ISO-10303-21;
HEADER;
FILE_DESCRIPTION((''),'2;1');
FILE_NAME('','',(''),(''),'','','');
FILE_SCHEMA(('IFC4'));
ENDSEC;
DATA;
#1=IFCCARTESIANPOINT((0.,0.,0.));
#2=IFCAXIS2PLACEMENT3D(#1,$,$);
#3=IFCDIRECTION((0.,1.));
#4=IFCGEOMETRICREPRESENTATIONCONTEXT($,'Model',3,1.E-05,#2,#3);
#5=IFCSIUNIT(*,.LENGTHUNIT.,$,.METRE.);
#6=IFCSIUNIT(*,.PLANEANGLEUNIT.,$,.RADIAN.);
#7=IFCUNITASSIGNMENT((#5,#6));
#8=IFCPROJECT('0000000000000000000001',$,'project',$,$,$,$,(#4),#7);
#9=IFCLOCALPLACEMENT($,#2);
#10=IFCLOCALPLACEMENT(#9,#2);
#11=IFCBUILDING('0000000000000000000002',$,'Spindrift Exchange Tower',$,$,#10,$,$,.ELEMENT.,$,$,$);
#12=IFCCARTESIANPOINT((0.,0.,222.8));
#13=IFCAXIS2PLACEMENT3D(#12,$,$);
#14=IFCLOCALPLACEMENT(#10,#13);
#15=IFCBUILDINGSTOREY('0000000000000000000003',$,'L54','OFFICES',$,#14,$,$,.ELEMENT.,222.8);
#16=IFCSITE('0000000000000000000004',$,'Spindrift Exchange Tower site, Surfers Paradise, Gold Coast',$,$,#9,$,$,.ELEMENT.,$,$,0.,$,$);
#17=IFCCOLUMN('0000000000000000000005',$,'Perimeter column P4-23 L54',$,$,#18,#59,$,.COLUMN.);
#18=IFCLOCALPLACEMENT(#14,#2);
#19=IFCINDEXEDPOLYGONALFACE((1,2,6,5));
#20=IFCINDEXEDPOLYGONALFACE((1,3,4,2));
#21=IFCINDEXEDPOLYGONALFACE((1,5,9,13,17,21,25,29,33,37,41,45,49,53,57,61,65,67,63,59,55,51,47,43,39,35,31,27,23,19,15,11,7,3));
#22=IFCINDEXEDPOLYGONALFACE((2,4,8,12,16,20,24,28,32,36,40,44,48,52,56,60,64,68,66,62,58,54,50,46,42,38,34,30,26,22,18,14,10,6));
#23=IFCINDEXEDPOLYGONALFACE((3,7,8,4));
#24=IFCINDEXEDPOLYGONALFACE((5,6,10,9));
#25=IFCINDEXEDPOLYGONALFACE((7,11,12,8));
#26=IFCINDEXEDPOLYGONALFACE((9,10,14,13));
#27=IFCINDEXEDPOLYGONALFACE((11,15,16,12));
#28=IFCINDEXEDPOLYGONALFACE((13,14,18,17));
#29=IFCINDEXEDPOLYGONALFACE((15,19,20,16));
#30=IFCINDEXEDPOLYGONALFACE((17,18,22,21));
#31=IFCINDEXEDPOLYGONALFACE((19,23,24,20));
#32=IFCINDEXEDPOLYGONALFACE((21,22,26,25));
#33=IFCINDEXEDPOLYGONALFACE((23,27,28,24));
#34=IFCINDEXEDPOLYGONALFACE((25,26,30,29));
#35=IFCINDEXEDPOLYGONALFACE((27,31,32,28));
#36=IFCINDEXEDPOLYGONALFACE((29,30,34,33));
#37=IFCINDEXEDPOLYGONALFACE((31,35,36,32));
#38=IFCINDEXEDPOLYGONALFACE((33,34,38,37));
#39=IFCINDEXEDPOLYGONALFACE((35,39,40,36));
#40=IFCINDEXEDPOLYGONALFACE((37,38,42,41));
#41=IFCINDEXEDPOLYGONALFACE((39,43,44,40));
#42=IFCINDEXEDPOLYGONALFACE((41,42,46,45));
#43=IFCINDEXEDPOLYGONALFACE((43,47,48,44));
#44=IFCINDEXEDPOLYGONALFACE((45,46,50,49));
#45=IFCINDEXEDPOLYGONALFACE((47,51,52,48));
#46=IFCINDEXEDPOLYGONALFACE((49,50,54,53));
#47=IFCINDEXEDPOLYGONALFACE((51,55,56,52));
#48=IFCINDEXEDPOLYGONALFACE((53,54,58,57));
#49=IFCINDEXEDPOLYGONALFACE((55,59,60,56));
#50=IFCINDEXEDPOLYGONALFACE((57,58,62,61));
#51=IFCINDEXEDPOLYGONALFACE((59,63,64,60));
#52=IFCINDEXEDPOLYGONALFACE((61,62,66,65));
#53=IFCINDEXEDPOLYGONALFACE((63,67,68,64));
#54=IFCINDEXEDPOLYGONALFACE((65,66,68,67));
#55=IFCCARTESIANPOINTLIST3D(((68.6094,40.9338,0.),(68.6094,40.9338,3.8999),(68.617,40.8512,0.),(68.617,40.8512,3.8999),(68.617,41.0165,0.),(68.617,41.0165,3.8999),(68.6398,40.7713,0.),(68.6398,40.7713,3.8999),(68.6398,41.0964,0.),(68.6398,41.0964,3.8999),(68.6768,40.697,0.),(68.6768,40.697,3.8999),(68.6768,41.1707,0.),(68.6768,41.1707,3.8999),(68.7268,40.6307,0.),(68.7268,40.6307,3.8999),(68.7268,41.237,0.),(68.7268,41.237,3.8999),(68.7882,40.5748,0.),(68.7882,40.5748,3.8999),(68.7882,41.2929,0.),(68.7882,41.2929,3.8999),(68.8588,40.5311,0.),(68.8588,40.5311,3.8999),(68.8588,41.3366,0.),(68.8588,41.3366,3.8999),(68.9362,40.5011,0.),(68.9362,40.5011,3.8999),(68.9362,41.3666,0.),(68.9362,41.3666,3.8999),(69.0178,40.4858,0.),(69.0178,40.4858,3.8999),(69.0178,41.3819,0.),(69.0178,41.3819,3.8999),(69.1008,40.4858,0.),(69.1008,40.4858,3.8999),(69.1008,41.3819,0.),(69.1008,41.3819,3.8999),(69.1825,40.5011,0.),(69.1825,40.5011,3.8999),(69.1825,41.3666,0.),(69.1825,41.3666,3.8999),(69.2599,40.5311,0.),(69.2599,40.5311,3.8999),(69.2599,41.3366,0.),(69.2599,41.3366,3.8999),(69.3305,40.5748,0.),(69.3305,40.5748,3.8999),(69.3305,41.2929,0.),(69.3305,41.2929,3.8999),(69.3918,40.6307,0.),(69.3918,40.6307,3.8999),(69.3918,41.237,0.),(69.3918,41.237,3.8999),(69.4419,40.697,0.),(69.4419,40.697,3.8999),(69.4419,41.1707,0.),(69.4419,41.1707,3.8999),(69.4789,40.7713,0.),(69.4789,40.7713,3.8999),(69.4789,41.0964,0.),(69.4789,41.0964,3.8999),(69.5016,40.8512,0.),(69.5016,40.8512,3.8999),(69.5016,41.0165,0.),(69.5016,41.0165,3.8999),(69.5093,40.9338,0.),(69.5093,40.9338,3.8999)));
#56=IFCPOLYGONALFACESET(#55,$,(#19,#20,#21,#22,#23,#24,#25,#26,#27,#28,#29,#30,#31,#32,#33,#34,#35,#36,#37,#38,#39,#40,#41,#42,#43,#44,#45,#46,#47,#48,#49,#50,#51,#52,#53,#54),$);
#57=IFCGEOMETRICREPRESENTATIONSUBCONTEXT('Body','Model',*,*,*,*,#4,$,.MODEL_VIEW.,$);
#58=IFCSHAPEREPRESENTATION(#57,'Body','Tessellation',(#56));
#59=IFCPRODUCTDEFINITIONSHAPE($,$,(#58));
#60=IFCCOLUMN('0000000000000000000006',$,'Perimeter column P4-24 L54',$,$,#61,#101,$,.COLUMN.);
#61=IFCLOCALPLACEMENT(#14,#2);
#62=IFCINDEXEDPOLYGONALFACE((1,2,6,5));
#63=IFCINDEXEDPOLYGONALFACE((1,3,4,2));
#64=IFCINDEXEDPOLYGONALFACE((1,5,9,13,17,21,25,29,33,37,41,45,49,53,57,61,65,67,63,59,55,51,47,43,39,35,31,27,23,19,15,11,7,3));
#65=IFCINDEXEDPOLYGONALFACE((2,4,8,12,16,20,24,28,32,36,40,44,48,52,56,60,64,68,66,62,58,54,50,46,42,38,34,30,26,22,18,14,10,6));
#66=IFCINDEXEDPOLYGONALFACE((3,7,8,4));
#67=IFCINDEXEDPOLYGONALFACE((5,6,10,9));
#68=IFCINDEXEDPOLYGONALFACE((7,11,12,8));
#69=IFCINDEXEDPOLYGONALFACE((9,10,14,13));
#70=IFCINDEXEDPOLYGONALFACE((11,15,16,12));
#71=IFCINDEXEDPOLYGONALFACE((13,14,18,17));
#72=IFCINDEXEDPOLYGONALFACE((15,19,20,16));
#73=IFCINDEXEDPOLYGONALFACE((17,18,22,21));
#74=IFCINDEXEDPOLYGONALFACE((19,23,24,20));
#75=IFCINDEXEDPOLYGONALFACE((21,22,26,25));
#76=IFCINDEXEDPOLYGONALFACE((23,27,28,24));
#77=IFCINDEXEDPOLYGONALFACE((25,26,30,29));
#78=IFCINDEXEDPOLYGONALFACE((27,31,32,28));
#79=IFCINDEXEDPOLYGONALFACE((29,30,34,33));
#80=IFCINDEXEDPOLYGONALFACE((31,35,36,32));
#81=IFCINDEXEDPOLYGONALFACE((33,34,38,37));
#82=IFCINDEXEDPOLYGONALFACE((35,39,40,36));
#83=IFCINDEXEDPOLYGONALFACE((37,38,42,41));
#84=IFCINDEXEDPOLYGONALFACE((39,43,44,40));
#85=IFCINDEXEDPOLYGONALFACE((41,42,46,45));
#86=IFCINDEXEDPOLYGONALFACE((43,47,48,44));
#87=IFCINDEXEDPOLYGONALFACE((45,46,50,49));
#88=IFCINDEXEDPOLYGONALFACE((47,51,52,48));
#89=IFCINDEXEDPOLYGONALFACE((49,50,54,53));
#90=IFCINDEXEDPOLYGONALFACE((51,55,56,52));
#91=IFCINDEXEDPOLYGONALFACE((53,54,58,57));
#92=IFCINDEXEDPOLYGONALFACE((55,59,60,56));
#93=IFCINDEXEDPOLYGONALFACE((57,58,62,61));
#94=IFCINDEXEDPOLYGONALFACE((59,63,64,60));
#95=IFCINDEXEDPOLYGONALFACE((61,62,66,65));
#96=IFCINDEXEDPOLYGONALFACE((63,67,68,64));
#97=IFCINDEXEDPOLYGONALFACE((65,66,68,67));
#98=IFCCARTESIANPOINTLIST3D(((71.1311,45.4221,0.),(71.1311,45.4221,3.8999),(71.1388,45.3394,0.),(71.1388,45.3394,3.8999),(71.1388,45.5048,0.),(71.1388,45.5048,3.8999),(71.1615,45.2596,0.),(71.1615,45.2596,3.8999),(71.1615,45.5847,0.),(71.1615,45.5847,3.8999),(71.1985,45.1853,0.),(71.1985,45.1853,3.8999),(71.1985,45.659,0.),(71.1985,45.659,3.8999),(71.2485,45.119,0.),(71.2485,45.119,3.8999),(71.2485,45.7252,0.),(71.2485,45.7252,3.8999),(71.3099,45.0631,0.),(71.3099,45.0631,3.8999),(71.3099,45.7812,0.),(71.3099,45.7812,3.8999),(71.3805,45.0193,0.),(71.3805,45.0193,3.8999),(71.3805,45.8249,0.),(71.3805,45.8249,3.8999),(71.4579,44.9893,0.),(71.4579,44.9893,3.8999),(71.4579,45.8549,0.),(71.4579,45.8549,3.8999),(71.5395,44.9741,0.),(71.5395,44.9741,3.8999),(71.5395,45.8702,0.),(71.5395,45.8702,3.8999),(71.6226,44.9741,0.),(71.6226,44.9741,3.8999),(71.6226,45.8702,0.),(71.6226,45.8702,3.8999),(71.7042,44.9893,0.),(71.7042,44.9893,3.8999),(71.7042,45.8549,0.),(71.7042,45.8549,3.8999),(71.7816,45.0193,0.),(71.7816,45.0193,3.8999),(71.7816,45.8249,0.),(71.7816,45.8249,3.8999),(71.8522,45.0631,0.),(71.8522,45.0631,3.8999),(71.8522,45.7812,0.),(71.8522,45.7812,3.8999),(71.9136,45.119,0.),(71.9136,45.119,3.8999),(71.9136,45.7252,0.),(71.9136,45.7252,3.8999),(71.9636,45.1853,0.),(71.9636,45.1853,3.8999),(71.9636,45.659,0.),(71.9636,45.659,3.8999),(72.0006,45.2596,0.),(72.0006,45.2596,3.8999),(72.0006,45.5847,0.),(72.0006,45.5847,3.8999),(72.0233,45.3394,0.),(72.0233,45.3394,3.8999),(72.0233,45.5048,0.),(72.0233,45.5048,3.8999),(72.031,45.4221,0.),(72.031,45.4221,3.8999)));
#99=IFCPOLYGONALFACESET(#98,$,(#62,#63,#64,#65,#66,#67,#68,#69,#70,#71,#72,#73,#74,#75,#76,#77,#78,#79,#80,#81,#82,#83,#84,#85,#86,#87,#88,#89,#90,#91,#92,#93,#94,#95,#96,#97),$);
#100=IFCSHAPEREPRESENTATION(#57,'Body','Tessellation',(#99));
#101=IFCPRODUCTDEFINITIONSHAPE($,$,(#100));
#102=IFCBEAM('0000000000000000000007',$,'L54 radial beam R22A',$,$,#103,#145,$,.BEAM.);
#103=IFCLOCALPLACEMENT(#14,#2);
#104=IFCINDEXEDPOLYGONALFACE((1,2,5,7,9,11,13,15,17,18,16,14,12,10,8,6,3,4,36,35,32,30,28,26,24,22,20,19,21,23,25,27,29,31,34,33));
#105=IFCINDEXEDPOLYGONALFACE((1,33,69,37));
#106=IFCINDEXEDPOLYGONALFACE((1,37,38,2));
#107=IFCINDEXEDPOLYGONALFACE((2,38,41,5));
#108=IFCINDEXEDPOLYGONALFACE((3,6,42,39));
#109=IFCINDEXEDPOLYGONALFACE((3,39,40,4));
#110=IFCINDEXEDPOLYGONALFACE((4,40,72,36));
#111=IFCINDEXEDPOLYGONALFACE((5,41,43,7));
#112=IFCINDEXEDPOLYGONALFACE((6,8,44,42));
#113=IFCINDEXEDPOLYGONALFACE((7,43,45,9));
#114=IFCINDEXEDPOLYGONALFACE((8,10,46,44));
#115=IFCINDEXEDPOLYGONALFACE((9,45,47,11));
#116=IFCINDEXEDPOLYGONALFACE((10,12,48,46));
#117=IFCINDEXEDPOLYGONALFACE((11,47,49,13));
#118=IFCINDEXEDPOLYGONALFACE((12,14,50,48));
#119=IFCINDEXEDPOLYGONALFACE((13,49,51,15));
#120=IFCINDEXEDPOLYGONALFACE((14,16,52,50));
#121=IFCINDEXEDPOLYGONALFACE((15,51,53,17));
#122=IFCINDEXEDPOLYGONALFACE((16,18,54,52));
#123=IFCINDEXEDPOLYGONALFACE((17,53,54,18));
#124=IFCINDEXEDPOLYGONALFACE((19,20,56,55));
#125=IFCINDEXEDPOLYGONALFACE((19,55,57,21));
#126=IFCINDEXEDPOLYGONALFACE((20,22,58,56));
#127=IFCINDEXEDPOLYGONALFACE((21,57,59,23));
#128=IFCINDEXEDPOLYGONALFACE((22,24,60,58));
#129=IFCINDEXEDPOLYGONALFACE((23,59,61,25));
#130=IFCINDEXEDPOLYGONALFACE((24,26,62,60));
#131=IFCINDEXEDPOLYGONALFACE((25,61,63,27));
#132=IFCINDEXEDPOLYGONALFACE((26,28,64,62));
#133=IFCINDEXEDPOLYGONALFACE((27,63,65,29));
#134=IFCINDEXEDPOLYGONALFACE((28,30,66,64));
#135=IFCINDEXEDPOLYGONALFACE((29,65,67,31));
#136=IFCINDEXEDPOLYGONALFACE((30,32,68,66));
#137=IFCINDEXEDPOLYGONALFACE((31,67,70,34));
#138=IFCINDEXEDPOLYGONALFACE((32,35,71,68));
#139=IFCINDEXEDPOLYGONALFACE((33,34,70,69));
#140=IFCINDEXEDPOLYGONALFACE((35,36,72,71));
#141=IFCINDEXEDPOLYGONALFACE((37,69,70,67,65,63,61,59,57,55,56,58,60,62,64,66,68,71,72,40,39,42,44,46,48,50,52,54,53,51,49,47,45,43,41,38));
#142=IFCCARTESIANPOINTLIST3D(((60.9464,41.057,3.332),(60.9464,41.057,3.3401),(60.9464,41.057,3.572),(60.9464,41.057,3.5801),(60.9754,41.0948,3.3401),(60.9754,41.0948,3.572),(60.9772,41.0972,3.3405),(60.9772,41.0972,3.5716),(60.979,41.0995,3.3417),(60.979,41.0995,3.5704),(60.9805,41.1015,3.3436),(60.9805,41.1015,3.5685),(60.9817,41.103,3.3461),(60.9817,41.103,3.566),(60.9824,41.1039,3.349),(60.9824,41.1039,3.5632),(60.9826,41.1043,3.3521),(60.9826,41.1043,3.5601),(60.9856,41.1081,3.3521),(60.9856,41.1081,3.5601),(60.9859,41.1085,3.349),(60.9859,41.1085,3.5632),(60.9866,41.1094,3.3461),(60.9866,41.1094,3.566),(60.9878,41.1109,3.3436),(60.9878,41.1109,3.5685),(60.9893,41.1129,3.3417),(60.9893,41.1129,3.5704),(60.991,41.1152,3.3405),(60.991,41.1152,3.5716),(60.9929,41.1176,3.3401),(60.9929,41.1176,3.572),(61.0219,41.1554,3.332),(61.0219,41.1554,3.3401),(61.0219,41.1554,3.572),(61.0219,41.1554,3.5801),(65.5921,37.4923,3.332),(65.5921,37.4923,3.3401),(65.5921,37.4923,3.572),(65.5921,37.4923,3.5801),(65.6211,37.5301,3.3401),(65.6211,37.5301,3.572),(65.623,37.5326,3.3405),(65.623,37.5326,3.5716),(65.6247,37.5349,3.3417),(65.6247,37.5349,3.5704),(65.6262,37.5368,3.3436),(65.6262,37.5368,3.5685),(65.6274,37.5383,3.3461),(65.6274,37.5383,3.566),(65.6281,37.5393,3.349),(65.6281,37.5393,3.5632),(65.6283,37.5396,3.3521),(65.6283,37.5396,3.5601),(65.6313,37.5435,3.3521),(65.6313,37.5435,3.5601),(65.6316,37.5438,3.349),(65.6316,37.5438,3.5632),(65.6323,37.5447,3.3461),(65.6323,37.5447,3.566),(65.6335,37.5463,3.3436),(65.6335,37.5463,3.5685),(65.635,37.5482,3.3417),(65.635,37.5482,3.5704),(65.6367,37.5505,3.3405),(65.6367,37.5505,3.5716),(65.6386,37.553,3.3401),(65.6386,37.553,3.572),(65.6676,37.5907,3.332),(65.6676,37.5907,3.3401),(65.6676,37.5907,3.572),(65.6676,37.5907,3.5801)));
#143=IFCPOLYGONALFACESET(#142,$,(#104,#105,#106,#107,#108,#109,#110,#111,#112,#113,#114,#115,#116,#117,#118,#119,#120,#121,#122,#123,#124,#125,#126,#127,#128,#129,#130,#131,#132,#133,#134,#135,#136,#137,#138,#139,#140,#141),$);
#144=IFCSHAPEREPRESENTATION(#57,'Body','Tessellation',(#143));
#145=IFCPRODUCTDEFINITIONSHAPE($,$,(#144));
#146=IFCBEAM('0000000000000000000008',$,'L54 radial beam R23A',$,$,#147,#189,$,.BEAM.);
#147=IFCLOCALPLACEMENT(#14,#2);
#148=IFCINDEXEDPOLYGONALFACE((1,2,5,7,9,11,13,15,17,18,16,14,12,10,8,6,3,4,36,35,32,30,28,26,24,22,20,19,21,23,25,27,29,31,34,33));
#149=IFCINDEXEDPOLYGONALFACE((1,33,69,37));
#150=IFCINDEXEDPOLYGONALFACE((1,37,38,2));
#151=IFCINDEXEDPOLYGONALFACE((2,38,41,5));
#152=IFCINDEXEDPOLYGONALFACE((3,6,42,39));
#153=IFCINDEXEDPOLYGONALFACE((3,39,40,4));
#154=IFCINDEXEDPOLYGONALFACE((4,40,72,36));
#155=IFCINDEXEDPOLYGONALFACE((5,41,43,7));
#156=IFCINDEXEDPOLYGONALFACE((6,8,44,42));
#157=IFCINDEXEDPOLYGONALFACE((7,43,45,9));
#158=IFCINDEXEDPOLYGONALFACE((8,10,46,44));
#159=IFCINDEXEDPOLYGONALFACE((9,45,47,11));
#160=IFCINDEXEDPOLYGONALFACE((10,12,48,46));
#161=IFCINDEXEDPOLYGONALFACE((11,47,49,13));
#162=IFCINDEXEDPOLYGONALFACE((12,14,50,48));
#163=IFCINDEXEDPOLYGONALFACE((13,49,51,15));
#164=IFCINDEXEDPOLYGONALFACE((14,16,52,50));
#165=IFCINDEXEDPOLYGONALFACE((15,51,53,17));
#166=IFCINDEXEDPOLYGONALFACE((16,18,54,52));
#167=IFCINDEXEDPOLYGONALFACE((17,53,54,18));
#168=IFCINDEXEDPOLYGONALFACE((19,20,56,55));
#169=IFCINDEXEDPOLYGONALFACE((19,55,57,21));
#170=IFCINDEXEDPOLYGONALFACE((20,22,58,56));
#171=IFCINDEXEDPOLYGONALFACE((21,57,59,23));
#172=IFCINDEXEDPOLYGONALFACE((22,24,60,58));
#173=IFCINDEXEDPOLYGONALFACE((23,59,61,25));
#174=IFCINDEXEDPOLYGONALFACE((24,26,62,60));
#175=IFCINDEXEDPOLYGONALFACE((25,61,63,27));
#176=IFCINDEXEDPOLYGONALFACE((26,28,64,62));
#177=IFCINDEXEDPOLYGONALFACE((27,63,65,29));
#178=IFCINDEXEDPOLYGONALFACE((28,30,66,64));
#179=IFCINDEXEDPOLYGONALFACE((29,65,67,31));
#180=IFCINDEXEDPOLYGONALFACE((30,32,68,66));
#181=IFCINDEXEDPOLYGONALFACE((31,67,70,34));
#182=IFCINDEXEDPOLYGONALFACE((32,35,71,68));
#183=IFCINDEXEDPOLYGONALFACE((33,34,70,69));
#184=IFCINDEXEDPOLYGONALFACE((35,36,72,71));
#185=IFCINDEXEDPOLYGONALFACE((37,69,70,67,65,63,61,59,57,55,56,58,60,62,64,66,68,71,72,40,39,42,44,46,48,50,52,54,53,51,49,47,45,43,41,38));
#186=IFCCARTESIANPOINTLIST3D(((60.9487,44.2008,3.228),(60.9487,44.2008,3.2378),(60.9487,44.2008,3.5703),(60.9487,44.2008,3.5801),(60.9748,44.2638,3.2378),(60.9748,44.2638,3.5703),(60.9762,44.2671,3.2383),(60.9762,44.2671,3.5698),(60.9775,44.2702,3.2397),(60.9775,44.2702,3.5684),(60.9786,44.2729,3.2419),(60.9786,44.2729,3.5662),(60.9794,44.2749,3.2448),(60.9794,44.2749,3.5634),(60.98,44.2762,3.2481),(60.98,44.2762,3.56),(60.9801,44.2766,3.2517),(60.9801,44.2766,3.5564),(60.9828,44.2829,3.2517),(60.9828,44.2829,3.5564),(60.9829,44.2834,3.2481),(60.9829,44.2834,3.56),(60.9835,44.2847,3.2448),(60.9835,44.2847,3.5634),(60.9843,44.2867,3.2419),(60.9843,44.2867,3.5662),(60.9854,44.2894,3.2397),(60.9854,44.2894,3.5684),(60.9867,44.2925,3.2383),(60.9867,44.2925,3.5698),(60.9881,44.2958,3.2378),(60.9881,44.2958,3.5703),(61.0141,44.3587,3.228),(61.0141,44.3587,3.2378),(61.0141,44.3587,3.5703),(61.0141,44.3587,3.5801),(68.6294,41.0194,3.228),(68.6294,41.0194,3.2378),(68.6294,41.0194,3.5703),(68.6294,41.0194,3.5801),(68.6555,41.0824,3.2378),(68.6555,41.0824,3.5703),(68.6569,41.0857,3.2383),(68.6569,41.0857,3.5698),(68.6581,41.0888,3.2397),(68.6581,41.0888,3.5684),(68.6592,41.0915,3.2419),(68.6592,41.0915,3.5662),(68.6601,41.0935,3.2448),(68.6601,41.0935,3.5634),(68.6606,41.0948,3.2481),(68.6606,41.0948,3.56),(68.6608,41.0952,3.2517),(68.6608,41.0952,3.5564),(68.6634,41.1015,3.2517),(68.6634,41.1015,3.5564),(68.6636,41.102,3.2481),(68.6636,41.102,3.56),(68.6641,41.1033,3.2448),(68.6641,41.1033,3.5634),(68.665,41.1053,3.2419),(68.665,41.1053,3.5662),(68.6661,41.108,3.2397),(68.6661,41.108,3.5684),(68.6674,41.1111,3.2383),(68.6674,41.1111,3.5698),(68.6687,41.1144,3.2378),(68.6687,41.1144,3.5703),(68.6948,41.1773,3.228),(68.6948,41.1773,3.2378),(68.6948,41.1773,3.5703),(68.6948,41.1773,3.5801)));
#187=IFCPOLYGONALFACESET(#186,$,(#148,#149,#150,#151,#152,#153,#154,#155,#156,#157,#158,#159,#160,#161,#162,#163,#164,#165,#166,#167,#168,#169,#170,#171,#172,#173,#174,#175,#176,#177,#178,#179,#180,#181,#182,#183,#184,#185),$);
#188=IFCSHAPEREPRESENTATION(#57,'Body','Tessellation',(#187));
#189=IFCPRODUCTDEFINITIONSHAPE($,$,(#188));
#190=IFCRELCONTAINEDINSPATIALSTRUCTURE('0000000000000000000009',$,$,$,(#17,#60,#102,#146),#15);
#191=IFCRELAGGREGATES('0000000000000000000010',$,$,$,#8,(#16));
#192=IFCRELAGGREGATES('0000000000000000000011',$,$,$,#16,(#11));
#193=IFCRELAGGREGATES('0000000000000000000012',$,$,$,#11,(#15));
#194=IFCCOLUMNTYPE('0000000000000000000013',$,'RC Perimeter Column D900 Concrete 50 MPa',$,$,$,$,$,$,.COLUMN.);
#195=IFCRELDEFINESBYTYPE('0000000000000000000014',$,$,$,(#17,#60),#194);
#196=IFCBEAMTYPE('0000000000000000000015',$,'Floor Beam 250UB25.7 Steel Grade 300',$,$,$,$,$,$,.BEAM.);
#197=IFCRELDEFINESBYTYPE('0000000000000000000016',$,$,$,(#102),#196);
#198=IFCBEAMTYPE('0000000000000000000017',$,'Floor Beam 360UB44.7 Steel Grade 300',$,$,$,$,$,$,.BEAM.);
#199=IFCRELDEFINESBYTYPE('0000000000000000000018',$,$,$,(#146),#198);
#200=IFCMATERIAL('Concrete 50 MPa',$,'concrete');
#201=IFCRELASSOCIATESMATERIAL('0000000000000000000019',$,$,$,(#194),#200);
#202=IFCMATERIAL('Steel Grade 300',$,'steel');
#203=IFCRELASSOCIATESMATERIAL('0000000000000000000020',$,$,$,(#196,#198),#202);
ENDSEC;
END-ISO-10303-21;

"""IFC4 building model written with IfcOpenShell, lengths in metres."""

from ifc_helpers import new_model, si_unit, direction, frame, origin, origin_2d, place, context, subcontext, project, spatial, circle, i_section, extrude, source, transform, mapped, material, material_profile, profile_set, type_object, element, save


model = new_model("IFC4")

# Units and contexts
model_context = context("Model", 3, precision=1e-05, world=origin(), true_north=direction((0.0, 1.0)))
body_context = subcontext(model_context, "Body", "Model", "MODEL_VIEW")
ifc_project = project(units=[si_unit("LENGTHUNIT", "METRE"), si_unit("PLANEANGLEUNIT", "RADIAN")], contexts=[model_context])

# Site, building, storey
site_placement = place(None, origin())
site = spatial("IfcSite", under=ifc_project, at=site_placement, Name="Spindrift Exchange Tower site, Surfers Paradise, Gold Coast", CompositionType="ELEMENT", RefElevation=0.0)
building_placement = place(site_placement, origin())
building = spatial("IfcBuilding", under=site, at=building_placement, Name="Spindrift Exchange Tower", CompositionType="ELEMENT")
storey_placement = place(building_placement, frame((0.0, 0.0, 222.8)))
storey = spatial("IfcBuildingStorey", under=building, at=storey_placement, Name="L54", Description="OFFICES", CompositionType="ELEMENT", Elevation=222.8)

# Columns
ifc_material_1 = material(Name="Concrete 50 MPa", Category="concrete")
ifc_material_profile_1 = material_profile(ifc_material_1, circle(Radius=0.45, at=origin_2d()), Name="RC D900")
ifc_profile_set_1 = profile_set([ifc_material_profile_1], Name="Concrete 50 MPa")
column_type = type_object("IfcColumnType", Name="RC Perimeter Column D900 Concrete 50 MPa", PredefinedType="COLUMN", material=ifc_profile_set_1)
shared_shape_1 = source(origin(), body_context, "Body", "SweptSolid", [
    extrude(circle(Radius=0.45, at=origin_2d()), origin(), (0.0, 0.0, 1.0), 3.8999),
])
for number, where, z_axis, x_axis, name in (
    (1, (69.0593, 40.9338, 0.0), (0.0, 0.0, 1.0), (1.0, 0.0, 0.0), "Perimeter column P4-23 L54"),
    (2, (71.5811, 45.4221, 0.0), (0.0, 0.0, 1.0), (1.0, 0.0, 0.0), "Perimeter column P4-24 L54"),
):
    element("IfcColumn", number, at=place(storey_placement, frame(where, z_axis=z_axis, x_axis=x_axis)), inside=storey, type_object=column_type, Name=name, PredefinedType="COLUMN", context=body_context, shape_type="MappedRepresentation", body=[
        mapped(shared_shape_1, transform((0.0, 0.0, 0.0), scale=1.0)),
    ])

# Beams
ifc_material_2 = material(Name="Steel Grade 300", Category="steel")
ifc_material_profile_2 = material_profile(ifc_material_2, i_section(OverallWidth=0.124, OverallDepth=0.248, WebThickness=0.0049, FlangeThickness=0.0081, FilletRadius=0.012, at=origin_2d()), Name="250UB25.7")
ifc_profile_set_2 = profile_set([ifc_material_profile_2], Name="Steel Grade 300")
beam_type_1 = type_object("IfcBeamType", Name="Floor Beam 250UB25.7 Steel Grade 300", PredefinedType="BEAM", material=ifc_profile_set_2)
shared_shape_2 = source(origin(), body_context, "Body", "SweptSolid", [
    extrude(i_section(OverallWidth=0.124, OverallDepth=0.248, WebThickness=0.0049, FlangeThickness=0.0081, FilletRadius=0.012, at=origin_2d()), origin(), (0.0, 0.0, 1.0), 5.8557),
])
beam_1_placement = place(storey_placement, frame((60.9841, 41.1062, 3.4561), z_axis=(0.793363, -0.608749, 0.0), x_axis=(0.608749, 0.793363, 0.0)))
element("IfcBeam", 3, at=beam_1_placement, inside=storey, type_object=beam_type_1, Name="L54 radial beam R22A", PredefinedType="BEAM", context=body_context, shape_type="MappedRepresentation", body=[
    mapped(shared_shape_2, transform((0.0, 0.0, 0.0), scale=1.0)),
])
ifc_material_profile_3 = material_profile(ifc_material_2, i_section(OverallWidth=0.1709, OverallDepth=0.3521, WebThickness=0.0068, FlangeThickness=0.0098, FilletRadius=0.0139, at=origin_2d()), Name="360UB44.7")
ifc_profile_set_3 = profile_set([ifc_material_profile_3], Name="Steel Grade 300")
beam_type_2 = type_object("IfcBeamType", Name="Floor Beam 360UB44.7 Steel Grade 300", PredefinedType="BEAM", material=ifc_profile_set_3)
shared_shape_3 = source(origin(), body_context, "Body", "SweptSolid", [
    extrude(i_section(OverallWidth=0.1709, OverallDepth=0.3521, WebThickness=0.0068, FlangeThickness=0.0098, FilletRadius=0.0139, at=origin_2d()), origin(), (0.0, 0.0, 1.0), 8.3135),
])
beam_2_placement = place(storey_placement, frame((60.9814, 44.2798, 3.4041), z_axis=(0.923881, -0.382679, 0.0), x_axis=(0.382679, 0.923881, 0.0)))
element("IfcBeam", 4, at=beam_2_placement, inside=storey, type_object=beam_type_2, Name="L54 radial beam R23A", PredefinedType="BEAM", context=body_context, shape_type="MappedRepresentation", body=[
    mapped(shared_shape_3, transform((0.0, 0.0, 0.0), scale=1.0)),
])

save(model, "model.ifc")
